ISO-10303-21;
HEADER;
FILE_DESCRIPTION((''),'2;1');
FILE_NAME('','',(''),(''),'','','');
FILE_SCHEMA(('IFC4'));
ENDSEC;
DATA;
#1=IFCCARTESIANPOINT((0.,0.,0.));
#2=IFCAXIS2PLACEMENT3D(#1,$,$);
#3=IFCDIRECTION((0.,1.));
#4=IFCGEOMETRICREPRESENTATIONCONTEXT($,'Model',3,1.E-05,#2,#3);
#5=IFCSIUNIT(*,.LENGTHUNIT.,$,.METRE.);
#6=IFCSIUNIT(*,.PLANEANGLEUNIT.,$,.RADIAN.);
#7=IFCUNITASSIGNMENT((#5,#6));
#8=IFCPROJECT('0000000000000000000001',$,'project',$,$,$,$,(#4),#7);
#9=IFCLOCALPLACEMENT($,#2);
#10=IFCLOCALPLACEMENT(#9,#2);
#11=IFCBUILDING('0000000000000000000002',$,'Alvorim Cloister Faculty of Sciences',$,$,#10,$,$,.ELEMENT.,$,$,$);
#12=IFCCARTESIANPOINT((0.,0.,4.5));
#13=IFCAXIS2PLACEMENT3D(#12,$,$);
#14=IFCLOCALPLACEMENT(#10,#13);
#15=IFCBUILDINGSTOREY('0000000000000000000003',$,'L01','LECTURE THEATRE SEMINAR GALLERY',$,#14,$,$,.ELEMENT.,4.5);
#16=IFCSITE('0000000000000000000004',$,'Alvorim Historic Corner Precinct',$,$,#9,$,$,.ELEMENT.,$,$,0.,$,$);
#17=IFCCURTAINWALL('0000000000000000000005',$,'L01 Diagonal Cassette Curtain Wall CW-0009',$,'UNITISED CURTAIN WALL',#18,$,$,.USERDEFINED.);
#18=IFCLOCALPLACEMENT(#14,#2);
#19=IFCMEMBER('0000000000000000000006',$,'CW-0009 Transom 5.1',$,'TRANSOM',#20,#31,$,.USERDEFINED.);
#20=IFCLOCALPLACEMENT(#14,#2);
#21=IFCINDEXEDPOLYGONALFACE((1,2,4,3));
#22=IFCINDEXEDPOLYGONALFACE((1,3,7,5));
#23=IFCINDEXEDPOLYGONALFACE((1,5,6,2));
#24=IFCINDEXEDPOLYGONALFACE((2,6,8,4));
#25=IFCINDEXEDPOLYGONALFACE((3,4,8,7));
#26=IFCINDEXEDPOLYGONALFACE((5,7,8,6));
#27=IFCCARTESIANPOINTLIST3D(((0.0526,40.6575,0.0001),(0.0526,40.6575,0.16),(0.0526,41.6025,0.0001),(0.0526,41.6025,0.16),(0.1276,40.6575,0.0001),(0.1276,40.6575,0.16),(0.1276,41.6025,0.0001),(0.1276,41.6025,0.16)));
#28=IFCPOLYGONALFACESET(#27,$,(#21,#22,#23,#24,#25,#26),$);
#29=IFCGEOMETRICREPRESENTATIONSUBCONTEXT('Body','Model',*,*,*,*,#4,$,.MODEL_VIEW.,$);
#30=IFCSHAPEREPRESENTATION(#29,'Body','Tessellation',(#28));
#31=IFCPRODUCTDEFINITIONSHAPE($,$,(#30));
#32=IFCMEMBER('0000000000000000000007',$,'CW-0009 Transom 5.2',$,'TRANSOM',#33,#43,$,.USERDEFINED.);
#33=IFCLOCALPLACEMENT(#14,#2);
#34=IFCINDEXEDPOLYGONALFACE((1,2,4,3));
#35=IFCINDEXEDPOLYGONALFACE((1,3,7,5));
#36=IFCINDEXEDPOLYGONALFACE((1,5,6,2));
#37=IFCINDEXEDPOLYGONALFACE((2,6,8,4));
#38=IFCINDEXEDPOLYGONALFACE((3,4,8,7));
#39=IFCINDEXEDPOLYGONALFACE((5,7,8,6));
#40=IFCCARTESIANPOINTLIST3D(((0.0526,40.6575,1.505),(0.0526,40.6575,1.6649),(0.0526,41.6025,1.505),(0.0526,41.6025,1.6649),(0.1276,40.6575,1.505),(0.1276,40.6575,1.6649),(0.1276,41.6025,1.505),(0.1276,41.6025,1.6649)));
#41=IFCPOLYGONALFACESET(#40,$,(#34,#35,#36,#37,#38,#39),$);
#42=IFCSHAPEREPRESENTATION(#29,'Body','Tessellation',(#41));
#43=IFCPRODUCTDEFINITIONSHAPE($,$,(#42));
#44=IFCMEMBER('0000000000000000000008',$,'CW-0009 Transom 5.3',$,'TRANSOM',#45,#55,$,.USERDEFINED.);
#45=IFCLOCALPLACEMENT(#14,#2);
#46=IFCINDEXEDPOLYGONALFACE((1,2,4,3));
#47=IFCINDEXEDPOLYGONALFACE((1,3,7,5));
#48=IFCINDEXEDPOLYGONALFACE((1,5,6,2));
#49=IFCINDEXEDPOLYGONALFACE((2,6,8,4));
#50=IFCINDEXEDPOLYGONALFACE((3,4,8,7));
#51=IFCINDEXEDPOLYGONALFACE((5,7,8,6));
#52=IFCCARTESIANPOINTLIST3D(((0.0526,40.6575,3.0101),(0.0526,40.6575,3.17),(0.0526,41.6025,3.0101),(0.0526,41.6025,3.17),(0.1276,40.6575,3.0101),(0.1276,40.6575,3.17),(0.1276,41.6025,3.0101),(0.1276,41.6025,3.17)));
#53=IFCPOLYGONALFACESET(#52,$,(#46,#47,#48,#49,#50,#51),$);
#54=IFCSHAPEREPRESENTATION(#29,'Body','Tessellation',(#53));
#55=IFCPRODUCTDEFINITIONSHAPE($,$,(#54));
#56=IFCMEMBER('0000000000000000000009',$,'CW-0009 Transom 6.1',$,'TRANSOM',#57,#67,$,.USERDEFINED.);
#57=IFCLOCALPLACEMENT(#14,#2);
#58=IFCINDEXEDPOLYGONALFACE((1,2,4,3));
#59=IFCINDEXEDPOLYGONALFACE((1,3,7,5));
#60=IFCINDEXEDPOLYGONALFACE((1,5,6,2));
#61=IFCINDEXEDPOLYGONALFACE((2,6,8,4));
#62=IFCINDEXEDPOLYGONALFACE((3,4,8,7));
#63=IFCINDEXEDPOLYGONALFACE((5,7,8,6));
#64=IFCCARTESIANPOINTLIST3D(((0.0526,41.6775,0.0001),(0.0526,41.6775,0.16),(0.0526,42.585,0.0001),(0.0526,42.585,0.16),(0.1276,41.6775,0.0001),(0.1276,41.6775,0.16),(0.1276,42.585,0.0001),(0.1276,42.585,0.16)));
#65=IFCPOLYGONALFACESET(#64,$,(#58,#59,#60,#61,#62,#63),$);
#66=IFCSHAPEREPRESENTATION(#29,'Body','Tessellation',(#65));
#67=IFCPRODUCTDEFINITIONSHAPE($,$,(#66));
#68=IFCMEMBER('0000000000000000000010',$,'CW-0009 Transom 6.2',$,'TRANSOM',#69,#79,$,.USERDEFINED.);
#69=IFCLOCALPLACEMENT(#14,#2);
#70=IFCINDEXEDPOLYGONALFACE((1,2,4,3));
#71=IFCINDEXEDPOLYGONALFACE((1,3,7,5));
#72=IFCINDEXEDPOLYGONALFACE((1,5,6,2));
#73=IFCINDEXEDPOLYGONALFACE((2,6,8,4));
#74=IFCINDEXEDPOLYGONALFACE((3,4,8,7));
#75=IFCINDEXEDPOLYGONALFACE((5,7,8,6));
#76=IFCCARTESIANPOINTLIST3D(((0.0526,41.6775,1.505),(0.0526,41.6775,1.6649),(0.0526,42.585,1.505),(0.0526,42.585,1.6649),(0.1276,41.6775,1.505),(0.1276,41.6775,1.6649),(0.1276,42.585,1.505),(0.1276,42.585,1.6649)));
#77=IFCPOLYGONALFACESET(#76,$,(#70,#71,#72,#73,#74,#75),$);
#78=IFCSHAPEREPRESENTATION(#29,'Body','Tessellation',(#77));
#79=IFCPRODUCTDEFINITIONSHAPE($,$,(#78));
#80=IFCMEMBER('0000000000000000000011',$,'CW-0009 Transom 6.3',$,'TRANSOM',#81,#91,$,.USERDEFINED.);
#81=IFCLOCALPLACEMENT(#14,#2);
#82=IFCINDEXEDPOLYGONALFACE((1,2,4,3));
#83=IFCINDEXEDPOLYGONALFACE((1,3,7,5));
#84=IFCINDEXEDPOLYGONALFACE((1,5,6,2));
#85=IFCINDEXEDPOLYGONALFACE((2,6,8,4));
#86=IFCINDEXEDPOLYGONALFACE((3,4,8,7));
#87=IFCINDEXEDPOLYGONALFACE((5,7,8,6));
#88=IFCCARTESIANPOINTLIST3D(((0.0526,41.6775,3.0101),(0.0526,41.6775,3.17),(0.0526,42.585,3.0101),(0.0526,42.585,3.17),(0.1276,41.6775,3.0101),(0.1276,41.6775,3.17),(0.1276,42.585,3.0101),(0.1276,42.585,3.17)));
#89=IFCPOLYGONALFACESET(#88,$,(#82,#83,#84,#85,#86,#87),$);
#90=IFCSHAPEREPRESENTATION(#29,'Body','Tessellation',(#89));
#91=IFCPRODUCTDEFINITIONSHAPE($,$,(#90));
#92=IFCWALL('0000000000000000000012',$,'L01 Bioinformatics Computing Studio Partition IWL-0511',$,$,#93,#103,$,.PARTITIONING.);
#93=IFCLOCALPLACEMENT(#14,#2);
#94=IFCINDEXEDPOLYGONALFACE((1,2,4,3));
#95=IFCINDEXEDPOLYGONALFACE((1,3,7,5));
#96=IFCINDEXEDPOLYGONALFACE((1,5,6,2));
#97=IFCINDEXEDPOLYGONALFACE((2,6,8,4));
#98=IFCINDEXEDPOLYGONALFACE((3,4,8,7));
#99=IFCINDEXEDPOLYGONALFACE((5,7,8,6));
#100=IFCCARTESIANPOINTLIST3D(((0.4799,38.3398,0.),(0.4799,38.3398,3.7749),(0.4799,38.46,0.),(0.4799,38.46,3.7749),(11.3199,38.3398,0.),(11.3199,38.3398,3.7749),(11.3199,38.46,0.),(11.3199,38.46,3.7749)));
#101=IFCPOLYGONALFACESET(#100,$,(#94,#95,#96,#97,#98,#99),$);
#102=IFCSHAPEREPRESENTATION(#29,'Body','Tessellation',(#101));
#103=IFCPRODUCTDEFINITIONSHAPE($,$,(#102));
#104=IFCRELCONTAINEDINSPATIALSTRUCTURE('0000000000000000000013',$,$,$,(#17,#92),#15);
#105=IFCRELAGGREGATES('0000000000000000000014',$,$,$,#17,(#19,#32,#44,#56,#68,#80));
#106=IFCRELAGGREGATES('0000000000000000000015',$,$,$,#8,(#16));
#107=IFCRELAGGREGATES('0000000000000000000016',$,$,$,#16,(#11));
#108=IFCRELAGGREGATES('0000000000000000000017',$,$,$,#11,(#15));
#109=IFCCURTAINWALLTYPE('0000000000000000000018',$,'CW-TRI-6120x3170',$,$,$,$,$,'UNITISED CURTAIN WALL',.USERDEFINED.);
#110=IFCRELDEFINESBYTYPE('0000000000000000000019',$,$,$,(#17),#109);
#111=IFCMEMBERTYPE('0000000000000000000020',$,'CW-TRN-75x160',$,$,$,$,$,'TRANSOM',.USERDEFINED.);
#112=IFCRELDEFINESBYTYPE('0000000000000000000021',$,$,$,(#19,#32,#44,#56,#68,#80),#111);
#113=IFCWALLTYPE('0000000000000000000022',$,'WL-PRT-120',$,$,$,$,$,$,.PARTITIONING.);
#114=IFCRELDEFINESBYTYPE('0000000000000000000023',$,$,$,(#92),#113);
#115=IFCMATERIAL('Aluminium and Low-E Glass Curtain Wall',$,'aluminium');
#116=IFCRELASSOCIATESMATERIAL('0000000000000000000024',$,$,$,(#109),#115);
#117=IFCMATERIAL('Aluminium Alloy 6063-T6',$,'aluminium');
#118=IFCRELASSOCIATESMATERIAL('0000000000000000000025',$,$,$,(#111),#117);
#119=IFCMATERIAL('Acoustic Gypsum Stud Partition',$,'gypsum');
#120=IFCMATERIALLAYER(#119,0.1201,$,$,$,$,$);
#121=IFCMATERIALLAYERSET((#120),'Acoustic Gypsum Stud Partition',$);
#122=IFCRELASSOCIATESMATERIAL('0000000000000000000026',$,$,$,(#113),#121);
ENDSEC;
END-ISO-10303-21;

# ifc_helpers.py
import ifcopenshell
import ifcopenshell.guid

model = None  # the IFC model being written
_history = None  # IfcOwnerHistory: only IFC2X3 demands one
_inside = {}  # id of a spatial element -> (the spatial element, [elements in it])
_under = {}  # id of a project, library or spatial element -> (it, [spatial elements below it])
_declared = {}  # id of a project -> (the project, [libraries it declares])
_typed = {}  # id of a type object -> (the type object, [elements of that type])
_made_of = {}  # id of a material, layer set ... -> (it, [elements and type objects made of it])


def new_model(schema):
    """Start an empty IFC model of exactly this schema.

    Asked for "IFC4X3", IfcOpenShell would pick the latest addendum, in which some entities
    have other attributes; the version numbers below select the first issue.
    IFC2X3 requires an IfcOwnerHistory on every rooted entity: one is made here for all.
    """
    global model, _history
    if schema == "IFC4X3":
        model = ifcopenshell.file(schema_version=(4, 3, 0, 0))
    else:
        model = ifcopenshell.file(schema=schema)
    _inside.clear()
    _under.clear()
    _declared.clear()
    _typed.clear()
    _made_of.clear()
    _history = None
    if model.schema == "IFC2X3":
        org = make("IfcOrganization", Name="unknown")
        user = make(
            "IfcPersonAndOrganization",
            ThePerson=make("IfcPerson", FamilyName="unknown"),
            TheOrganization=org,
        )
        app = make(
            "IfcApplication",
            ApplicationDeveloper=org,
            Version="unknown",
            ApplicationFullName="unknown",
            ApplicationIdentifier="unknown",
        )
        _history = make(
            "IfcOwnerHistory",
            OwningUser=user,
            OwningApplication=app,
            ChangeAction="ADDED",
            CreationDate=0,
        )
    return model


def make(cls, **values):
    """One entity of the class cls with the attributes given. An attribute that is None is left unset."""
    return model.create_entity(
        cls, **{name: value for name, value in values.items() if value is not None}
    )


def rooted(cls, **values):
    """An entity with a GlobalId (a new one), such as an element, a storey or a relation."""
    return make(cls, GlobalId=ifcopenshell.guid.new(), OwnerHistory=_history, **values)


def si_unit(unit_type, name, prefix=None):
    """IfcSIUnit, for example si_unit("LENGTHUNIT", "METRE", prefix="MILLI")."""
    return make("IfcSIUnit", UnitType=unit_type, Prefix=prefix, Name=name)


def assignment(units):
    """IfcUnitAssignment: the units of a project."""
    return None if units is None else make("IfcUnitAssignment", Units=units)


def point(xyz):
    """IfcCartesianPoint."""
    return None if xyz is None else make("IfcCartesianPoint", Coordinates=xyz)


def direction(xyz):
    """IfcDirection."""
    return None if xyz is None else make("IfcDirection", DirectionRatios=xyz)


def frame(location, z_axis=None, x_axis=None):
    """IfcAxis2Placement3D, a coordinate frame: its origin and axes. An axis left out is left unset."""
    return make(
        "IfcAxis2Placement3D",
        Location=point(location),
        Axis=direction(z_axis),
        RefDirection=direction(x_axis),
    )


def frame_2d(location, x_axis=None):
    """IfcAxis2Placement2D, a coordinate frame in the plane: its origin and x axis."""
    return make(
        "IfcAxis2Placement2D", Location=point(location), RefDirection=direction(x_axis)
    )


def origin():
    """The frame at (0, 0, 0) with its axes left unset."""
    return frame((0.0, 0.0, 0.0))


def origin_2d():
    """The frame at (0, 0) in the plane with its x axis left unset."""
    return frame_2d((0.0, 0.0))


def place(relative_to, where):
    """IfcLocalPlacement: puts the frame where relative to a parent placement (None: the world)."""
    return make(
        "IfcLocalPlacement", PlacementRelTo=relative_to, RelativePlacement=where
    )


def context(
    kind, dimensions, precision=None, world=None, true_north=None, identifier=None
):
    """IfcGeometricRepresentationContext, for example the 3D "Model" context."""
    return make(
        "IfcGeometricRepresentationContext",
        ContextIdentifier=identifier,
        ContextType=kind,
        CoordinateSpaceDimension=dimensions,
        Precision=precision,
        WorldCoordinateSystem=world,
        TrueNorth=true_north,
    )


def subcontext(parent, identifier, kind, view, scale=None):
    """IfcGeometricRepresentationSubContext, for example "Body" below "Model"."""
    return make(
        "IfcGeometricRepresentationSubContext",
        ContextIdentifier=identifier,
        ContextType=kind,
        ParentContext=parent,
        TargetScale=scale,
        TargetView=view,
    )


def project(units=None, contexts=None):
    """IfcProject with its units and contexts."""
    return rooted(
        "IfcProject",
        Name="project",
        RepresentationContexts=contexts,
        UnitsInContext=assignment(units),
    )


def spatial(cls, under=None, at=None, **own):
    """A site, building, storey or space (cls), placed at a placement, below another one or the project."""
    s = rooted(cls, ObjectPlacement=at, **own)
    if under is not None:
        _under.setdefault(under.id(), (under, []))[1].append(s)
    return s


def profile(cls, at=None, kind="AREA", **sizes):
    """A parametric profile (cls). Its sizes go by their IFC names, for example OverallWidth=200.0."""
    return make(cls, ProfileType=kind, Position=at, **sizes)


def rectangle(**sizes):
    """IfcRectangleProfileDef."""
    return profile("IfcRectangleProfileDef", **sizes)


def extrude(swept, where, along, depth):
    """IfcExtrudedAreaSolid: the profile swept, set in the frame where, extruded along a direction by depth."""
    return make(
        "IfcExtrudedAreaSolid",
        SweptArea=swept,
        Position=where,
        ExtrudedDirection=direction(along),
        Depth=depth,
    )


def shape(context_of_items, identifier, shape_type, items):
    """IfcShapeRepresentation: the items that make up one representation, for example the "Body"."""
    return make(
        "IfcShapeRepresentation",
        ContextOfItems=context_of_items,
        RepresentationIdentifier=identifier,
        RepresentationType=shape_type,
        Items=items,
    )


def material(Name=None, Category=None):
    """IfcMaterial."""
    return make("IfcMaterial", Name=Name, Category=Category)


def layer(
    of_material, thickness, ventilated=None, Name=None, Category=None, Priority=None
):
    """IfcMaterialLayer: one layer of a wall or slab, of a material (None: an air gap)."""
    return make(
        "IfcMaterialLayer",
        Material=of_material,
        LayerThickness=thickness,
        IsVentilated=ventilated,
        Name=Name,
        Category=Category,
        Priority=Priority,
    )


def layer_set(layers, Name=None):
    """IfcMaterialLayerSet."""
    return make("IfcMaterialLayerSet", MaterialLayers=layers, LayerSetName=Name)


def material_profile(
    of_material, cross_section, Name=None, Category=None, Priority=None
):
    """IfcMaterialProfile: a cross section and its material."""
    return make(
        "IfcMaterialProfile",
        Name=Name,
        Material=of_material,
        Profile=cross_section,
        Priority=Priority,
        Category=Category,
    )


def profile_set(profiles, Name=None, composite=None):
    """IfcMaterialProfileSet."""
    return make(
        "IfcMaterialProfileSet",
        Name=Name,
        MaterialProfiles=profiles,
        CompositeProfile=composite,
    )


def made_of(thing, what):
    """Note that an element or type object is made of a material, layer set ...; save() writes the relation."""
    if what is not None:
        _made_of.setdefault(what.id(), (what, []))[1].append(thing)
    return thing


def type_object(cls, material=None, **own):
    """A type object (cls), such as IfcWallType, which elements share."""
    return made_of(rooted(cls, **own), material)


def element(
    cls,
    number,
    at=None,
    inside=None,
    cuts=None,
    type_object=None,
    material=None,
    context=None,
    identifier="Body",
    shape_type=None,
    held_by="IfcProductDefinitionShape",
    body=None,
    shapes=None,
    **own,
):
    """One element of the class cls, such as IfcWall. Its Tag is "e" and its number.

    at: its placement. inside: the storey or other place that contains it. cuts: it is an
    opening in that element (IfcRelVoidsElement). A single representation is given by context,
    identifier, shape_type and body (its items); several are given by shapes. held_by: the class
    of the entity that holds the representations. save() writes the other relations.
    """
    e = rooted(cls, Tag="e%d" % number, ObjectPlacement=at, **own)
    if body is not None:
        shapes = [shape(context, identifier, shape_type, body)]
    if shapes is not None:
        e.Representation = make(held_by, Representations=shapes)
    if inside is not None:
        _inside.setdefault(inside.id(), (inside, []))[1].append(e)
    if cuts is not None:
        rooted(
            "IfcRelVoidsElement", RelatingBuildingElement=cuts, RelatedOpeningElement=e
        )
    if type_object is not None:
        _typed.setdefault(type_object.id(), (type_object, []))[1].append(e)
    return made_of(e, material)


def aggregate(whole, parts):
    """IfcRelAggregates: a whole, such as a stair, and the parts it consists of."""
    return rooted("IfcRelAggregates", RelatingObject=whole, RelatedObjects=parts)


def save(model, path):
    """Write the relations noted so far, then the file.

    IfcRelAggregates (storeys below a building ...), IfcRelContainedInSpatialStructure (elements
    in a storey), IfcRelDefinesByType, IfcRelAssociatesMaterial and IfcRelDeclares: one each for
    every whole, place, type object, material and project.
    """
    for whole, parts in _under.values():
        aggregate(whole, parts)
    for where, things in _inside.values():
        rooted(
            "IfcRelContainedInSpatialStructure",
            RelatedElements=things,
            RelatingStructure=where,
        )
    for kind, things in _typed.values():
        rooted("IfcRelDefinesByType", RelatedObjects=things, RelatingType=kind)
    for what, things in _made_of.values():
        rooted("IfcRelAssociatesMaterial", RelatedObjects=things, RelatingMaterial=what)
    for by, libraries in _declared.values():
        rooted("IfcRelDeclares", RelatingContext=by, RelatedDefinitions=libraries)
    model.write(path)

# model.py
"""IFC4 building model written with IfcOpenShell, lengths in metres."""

from ifc_helpers import new_model, si_unit, direction, frame, frame_2d, origin, origin_2d, place, context, subcontext, project, spatial, rectangle, extrude, material, layer, layer_set, material_profile, profile_set, type_object, element, aggregate, save


model = new_model("IFC4")

# Units and contexts
model_context = context("Model", 3, precision=1e-05, world=origin(), true_north=direction((0.0, 1.0)))
body_context = subcontext(model_context, "Body", "Model", "MODEL_VIEW")
ifc_project = project(units=[si_unit("LENGTHUNIT", "METRE"), si_unit("PLANEANGLEUNIT", "RADIAN")], contexts=[model_context])

# Site, building, storey
site_placement = place(None, origin())
site = spatial("IfcSite", under=ifc_project, at=site_placement, Name="Alvorim Historic Corner Precinct", CompositionType="ELEMENT", RefElevation=0.0)
building_placement = place(site_placement, origin())
building = spatial("IfcBuilding", under=site, at=building_placement, Name="Alvorim Cloister Faculty of Sciences", CompositionType="ELEMENT")
storey_placement = place(building_placement, frame((0.0, 0.0, 4.5)))
storey = spatial("IfcBuildingStorey", under=building, at=storey_placement, Name="L01", Description="LECTURE THEATRE SEMINAR GALLERY", CompositionType="ELEMENT", Elevation=4.5)

# Curtain wall, members
ifc_material_1 = material(Name="Aluminium and Low-E Glass Curtain Wall", Category="aluminium")
curtain_wall_type = type_object("IfcCurtainWallType", Name="CW-TRI-6120x3170", ElementType="UNITISED CURTAIN WALL", PredefinedType="USERDEFINED", material=ifc_material_1)
curtain_wall_placement = place(storey_placement, origin())
curtain_wall = element("IfcCurtainWall", 1, at=curtain_wall_placement, inside=storey, type_object=curtain_wall_type, Name="L01 Diagonal Cassette Curtain Wall CW-0009", ObjectType="UNITISED CURTAIN WALL", PredefinedType="USERDEFINED")
ifc_material_2 = material(Name="Aluminium Alloy 6063-T6", Category="aluminium")
ifc_material_profile_1 = material_profile(ifc_material_2, rectangle(XDim=0.075, YDim=0.1599, at=origin_2d()), Name="ALU-TRN-75x160")
ifc_profile_set_1 = profile_set([ifc_material_profile_1], Name="Aluminium Alloy 6063-T6")
member_type_1 = type_object("IfcMemberType", Name="CW-TRN-75x160", ElementType="TRANSOM", PredefinedType="USERDEFINED", material=ifc_profile_set_1)
member_1_placement = place(storey_placement, frame((0.0901, 40.6575, 0.0801), z_axis=(0.0, 1.0, 0.0), x_axis=(-1.0, 0.0, 0.0)))
member_1 = element("IfcMember", 2, at=member_1_placement, type_object=member_type_1, Name="CW-0009 Transom 5.1", ObjectType="TRANSOM", PredefinedType="USERDEFINED", context=body_context, shape_type="SweptSolid", body=[
    extrude(rectangle(XDim=0.075, YDim=0.1599, at=origin_2d()), origin(), (0.0, 0.0, 1.0), 0.9451),
])
member_2_placement = place(storey_placement, frame((0.0901, 40.6575, 1.585), z_axis=(0.0, 1.0, 0.0), x_axis=(-1.0, 0.0, 0.0)))
member_2 = element("IfcMember", 3, at=member_2_placement, type_object=member_type_1, Name="CW-0009 Transom 5.2", ObjectType="TRANSOM", PredefinedType="USERDEFINED", context=body_context, shape_type="SweptSolid", body=[
    extrude(rectangle(XDim=0.075, YDim=0.1599, at=origin_2d()), origin(), (0.0, 0.0, 1.0), 0.9451),
])
member_3_placement = place(storey_placement, frame((0.0901, 40.6575, 3.0901), z_axis=(0.0, 1.0, 0.0), x_axis=(-1.0, 0.0, 0.0)))
member_3 = element("IfcMember", 4, at=member_3_placement, type_object=member_type_1, Name="CW-0009 Transom 5.3", ObjectType="TRANSOM", PredefinedType="USERDEFINED", context=body_context, shape_type="SweptSolid", body=[
    extrude(rectangle(XDim=0.075, YDim=0.1599, at=origin_2d()), origin(), (0.0, 0.0, 1.0), 0.9451),
])
member_4_placement = place(storey_placement, frame((0.0901, 41.6775, 0.0801), z_axis=(0.0, 1.0, 0.0), x_axis=(-1.0, 0.0, 0.0)))
member_4 = element("IfcMember", 5, at=member_4_placement, type_object=member_type_1, Name="CW-0009 Transom 6.1", ObjectType="TRANSOM", PredefinedType="USERDEFINED", context=body_context, shape_type="SweptSolid", body=[
    extrude(rectangle(XDim=0.075, YDim=0.1599, at=origin_2d()), origin(), (0.0, 0.0, 1.0), 0.9075),
])
member_5_placement = place(storey_placement, frame((0.0901, 41.6775, 1.585), z_axis=(0.0, 1.0, 0.0), x_axis=(-1.0, 0.0, 0.0)))
member_5 = element("IfcMember", 6, at=member_5_placement, type_object=member_type_1, Name="CW-0009 Transom 6.2", ObjectType="TRANSOM", PredefinedType="USERDEFINED", context=body_context, shape_type="SweptSolid", body=[
    extrude(rectangle(XDim=0.075, YDim=0.1599, at=origin_2d()), origin(), (0.0, 0.0, 1.0), 0.9075),
])
member_6_placement = place(storey_placement, frame((0.0901, 41.6775, 3.0901), z_axis=(0.0, 1.0, 0.0), x_axis=(-1.0, 0.0, 0.0)))
member_6 = element("IfcMember", 7, at=member_6_placement, type_object=member_type_1, Name="CW-0009 Transom 6.3", ObjectType="TRANSOM", PredefinedType="USERDEFINED", context=body_context, shape_type="SweptSolid", body=[
    extrude(rectangle(XDim=0.075, YDim=0.1599, at=origin_2d()), origin(), (0.0, 0.0, 1.0), 0.9075),
])
aggregate(curtain_wall, [member_1, member_2, member_3, member_4, member_5, member_6])

# Wall
ifc_material_3 = material(Name="Acoustic Gypsum Stud Partition", Category="gypsum")
ifc_layer = layer(ifc_material_3, 0.1201)
ifc_layer_set = layer_set([ifc_layer], Name="Acoustic Gypsum Stud Partition")
wall_type = type_object("IfcWallType", Name="WL-PRT-120", PredefinedType="PARTITIONING", material=ifc_layer_set)
wall_placement = place(storey_placement, frame((0.48, 38.3999, 0.0), z_axis=(0.0, 0.0, 1.0), x_axis=(1.0, 0.0, 0.0)))
element("IfcWall", 8, at=wall_placement, inside=storey, type_object=wall_type, Name="L01 Bioinformatics Computing Studio Partition IWL-0511", PredefinedType="PARTITIONING", context=body_context, shape_type="SweptSolid", body=[
    extrude(rectangle(XDim=10.8401, YDim=0.1201, at=frame_2d((5.4199, 0.0))), origin(), (0.0, 0.0, 1.0), 3.7749),
])

save(model, "model.ifc")
